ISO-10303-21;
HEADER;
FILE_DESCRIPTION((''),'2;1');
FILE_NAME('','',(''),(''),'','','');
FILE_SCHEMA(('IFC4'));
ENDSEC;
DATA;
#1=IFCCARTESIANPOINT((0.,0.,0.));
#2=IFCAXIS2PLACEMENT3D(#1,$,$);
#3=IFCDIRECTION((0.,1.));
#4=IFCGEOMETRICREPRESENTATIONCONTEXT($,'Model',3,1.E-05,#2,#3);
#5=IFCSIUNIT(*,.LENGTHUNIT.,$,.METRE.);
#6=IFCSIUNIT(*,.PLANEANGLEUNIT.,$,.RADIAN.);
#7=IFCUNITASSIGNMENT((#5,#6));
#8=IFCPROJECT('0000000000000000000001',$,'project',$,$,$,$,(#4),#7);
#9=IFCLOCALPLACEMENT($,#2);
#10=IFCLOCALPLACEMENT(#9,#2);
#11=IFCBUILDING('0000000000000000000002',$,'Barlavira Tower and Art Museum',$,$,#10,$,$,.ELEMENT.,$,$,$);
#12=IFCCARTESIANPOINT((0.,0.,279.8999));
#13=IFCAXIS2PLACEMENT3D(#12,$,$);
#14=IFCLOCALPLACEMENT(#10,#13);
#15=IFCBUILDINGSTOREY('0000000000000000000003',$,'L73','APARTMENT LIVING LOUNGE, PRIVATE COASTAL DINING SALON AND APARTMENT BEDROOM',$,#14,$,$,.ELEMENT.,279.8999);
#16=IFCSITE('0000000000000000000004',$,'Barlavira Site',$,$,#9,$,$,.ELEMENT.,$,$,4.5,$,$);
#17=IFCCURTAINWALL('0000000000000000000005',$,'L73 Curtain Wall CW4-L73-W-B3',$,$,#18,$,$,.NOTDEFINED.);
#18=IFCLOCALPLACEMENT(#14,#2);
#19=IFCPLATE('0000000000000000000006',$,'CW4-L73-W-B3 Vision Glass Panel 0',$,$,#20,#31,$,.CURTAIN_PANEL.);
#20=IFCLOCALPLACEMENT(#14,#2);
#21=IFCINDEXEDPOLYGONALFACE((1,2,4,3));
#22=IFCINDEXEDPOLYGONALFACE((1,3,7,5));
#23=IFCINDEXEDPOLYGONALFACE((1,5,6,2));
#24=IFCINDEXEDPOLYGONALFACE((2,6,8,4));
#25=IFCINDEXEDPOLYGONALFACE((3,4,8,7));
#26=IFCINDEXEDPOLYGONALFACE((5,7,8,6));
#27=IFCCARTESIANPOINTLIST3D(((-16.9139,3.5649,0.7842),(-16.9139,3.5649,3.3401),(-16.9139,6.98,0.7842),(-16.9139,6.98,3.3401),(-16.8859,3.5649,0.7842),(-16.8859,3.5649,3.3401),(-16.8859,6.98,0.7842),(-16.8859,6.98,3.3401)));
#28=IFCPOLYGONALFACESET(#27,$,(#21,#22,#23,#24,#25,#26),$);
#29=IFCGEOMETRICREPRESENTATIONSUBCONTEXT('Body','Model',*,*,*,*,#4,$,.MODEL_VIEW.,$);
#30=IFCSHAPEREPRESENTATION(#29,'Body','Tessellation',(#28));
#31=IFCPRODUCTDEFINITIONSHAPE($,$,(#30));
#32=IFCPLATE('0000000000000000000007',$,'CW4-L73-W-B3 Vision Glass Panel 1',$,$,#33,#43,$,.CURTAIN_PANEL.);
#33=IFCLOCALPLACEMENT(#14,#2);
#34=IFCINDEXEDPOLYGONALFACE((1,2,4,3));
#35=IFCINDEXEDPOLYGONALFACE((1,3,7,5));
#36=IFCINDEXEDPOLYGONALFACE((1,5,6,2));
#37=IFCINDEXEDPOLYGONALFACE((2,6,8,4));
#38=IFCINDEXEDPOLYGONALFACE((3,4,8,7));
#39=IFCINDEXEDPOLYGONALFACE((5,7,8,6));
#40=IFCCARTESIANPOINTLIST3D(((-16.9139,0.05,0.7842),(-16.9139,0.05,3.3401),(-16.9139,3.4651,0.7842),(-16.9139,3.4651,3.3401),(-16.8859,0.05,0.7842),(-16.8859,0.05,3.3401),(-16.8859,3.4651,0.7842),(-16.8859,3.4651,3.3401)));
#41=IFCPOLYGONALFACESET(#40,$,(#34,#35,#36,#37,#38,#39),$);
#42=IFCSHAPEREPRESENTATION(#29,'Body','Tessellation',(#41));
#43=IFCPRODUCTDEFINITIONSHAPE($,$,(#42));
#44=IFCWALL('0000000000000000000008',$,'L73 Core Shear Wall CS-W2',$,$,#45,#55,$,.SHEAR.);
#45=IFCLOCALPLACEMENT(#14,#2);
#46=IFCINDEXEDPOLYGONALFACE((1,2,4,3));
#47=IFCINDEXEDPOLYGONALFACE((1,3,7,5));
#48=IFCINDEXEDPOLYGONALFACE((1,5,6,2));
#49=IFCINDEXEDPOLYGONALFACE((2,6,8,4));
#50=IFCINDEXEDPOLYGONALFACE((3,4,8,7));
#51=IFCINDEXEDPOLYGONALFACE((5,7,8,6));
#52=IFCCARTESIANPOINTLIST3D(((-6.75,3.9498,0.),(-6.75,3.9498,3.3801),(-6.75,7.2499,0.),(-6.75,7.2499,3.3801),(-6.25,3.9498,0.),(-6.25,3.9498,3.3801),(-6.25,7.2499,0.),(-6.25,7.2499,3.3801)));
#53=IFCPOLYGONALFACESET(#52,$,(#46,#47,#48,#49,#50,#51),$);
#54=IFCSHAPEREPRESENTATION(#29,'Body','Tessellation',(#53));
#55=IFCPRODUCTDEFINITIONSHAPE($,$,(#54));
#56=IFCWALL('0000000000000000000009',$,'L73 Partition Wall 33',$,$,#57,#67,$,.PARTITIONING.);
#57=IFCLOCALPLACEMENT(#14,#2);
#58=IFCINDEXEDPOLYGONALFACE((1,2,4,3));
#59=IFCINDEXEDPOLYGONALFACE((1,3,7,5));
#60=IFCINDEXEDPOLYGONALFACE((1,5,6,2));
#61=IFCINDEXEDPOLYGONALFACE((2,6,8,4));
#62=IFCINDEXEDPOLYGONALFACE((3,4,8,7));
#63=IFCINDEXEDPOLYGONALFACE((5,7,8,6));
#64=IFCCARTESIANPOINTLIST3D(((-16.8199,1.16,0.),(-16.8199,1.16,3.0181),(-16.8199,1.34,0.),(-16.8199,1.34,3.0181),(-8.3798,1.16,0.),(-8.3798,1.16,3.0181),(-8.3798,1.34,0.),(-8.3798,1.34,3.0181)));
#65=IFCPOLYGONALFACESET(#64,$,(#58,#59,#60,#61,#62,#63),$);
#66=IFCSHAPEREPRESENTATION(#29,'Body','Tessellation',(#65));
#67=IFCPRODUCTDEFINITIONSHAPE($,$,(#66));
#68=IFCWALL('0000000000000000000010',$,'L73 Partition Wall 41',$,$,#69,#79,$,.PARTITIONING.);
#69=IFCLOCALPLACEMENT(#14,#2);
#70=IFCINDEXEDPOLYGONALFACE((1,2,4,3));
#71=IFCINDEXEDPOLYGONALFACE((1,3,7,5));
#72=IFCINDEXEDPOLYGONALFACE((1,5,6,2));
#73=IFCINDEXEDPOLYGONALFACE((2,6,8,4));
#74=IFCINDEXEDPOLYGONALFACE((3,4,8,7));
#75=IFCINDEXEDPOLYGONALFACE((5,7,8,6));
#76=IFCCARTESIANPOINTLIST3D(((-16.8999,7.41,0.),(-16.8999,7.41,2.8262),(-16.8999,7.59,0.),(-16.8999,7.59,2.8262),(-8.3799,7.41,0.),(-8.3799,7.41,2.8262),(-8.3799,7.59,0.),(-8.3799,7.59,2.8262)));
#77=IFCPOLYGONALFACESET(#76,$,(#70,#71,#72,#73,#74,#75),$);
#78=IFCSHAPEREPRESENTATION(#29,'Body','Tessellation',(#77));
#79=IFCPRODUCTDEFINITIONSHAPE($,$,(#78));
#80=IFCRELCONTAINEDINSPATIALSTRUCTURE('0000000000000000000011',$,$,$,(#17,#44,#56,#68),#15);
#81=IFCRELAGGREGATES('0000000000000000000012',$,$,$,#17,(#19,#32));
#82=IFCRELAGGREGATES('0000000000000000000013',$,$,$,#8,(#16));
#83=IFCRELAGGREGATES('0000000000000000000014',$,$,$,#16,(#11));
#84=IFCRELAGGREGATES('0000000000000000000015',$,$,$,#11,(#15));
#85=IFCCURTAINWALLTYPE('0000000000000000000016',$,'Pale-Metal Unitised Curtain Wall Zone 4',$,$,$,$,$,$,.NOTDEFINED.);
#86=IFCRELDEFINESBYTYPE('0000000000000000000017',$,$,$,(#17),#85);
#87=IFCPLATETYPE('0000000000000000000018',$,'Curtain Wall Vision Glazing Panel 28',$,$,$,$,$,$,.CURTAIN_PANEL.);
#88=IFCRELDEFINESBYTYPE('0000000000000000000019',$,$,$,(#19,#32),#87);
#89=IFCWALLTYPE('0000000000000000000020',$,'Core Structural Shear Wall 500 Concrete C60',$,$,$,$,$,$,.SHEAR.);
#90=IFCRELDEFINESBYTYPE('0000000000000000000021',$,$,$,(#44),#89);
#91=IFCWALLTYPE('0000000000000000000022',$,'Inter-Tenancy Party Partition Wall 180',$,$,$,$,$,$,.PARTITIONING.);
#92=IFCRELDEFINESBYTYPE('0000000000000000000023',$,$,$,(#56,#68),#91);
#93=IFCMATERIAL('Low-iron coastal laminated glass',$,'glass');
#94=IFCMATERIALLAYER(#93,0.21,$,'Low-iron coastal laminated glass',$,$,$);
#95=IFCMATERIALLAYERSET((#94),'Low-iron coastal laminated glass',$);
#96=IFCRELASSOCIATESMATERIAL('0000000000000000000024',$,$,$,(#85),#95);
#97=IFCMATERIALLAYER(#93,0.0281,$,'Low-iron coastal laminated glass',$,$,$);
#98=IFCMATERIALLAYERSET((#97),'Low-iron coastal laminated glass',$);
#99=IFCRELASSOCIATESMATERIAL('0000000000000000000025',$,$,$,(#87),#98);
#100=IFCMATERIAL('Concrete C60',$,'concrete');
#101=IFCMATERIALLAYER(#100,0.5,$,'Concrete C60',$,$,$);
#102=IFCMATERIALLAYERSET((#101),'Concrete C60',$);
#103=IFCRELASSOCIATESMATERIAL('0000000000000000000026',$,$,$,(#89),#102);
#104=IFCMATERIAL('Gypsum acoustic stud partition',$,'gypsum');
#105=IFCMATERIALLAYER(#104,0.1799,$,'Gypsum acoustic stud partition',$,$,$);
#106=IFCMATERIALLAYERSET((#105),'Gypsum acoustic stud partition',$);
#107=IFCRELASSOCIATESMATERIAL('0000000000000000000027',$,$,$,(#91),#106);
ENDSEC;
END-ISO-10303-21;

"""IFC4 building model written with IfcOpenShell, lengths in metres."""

from ifc_helpers import new_model, si_unit, direction, frame, frame_2d, origin, origin_2d, place, context, subcontext, project, spatial, rectangle, extrude, material, layer, layer_set, type_object, element, aggregate, save


model = new_model("IFC4")

# Units and contexts
model_context = context("Model", 3, precision=1e-05, world=origin(), true_north=direction((0.0, 1.0)))
body_context = subcontext(model_context, "Body", "Model", "MODEL_VIEW")
ifc_project = project(units=[si_unit("LENGTHUNIT", "METRE"), si_unit("PLANEANGLEUNIT", "RADIAN")], contexts=[model_context])

# Site, building, storey
site_placement = place(None, origin())
site = spatial("IfcSite", under=ifc_project, at=site_placement, Name="Barlavira Site", CompositionType="ELEMENT", RefElevation=4.5)
building_placement = place(site_placement, origin())
building = spatial("IfcBuilding", under=site, at=building_placement, Name="Barlavira Tower and Art Museum", CompositionType="ELEMENT")
storey_placement = place(building_placement, frame((0.0, 0.0, 279.8999)))
storey = spatial("IfcBuildingStorey", under=building, at=storey_placement, Name="L73", Description="APARTMENT LIVING LOUNGE, PRIVATE COASTAL DINING SALON AND APARTMENT BEDROOM", CompositionType="ELEMENT", Elevation=279.8999)

# Curtain wall
ifc_material_1 = material(Name="Low-iron coastal laminated glass", Category="glass")
ifc_layer_1 = layer(ifc_material_1, 0.21, Name="Low-iron coastal laminated glass")
ifc_layer_set_1 = layer_set([ifc_layer_1], Name="Low-iron coastal laminated glass")
curtain_wall_type = type_object("IfcCurtainWallType", Name="Pale-Metal Unitised Curtain Wall Zone 4", PredefinedType="NOTDEFINED", material=ifc_layer_set_1)
curtain_wall_placement = place(storey_placement, origin())
curtain_wall = element("IfcCurtainWall", 1, at=curtain_wall_placement, inside=storey, type_object=curtain_wall_type, Name="L73 Curtain Wall CW4-L73-W-B3", PredefinedType="NOTDEFINED")

# Plates
ifc_layer_2 = layer(ifc_material_1, 0.0281, Name="Low-iron coastal laminated glass")
ifc_layer_set_2 = layer_set([ifc_layer_2], Name="Low-iron coastal laminated glass")
plate_type_1 = type_object("IfcPlateType", Name="Curtain Wall Vision Glazing Panel 28", PredefinedType="CURTAIN_PANEL", material=ifc_layer_set_2)
plate_1_placement = place(storey_placement, frame((-16.8999, 5.2725, 0.7842), z_axis=(0.0, 0.0, 1.0), x_axis=(0.0, -1.0, 0.0)))
plate_1 = element("IfcPlate", 2, at=plate_1_placement, type_object=plate_type_1, Name="CW4-L73-W-B3 Vision Glass Panel 0", PredefinedType="CURTAIN_PANEL", context=body_context, shape_type="SweptSolid", body=[
    extrude(rectangle(XDim=3.415, YDim=0.0281, at=origin_2d()), origin(), (0.0, 0.0, 1.0), 2.5559),
])
plate_2_placement = place(storey_placement, frame((-16.8999, 1.7576, 0.7842), z_axis=(0.0, 0.0, 1.0), x_axis=(0.0, -1.0, 0.0)))
plate_2 = element("IfcPlate", 3, at=plate_2_placement, type_object=plate_type_1, Name="CW4-L73-W-B3 Vision Glass Panel 1", PredefinedType="CURTAIN_PANEL", context=body_context, shape_type="SweptSolid", body=[
    extrude(rectangle(XDim=3.415, YDim=0.0281, at=origin_2d()), origin(), (0.0, 0.0, 1.0), 2.5559),
])
aggregate(curtain_wall, [plate_1, plate_2])

# Shared definitions
ifc_material_2 = material(Name="Concrete C60", Category="concrete")
ifc_layer_3 = layer(ifc_material_2, 0.5, Name="Concrete C60")
ifc_layer_set_3 = layer_set([ifc_layer_3], Name="Concrete C60")
wall_type_1 = type_object("IfcWallType", Name="Core Structural Shear Wall 500 Concrete C60", PredefinedType="SHEAR", material=ifc_layer_set_3)

# Walls
wall_1_placement = place(storey_placement, frame((-6.5, 3.95, 0.0), z_axis=(0.0, 0.0, 1.0), x_axis=(0.0, 1.0, 0.0)))
element("IfcWall", 4, at=wall_1_placement, inside=storey, type_object=wall_type_1, Name="L73 Core Shear Wall CS-W2", PredefinedType="SHEAR", context=body_context, shape_type="SweptSolid", body=[
    extrude(rectangle(XDim=3.3, YDim=0.5, at=frame_2d((1.6499, 0.0))), origin(), (0.0, 0.0, 1.0), 3.3801),
])
ifc_material_3 = material(Name="Gypsum acoustic stud partition", Category="gypsum")
ifc_layer_4 = layer(ifc_material_3, 0.1799, Name="Gypsum acoustic stud partition")
ifc_layer_set_4 = layer_set([ifc_layer_4], Name="Gypsum acoustic stud partition")
wall_type_2 = type_object("IfcWallType", Name="Inter-Tenancy Party Partition Wall 180", PredefinedType="PARTITIONING", material=ifc_layer_set_4)
wall_2_placement = place(storey_placement, frame((-16.8201, 1.25, 0.0), z_axis=(0.0, 0.0, 1.0), x_axis=(1.0, 0.0, 0.0)))
element("IfcWall", 5, at=wall_2_placement, inside=storey, type_object=wall_type_2, Name="L73 Partition Wall 33", PredefinedType="PARTITIONING", context=body_context, shape_type="SweptSolid", body=[
    extrude(rectangle(XDim=8.4402, YDim=0.1799, at=frame_2d((4.2202, 0.0))), origin(), (0.0, 0.0, 1.0), 3.0181),
])
wall_3_placement = place(storey_placement, frame((-16.8999, 7.5, 0.0), z_axis=(0.0, 0.0, 1.0), x_axis=(1.0, 0.0, 0.0)))
element("IfcWall", 6, at=wall_3_placement, inside=storey, type_object=wall_type_2, Name="L73 Partition Wall 41", PredefinedType="PARTITIONING", context=body_context, shape_type="SweptSolid", body=[
    extrude(rectangle(XDim=8.52, YDim=0.1799, at=frame_2d((4.26, 0.0))), origin(), (0.0, 0.0, 1.0), 2.8262),
])

save(model, "model.ifc")
